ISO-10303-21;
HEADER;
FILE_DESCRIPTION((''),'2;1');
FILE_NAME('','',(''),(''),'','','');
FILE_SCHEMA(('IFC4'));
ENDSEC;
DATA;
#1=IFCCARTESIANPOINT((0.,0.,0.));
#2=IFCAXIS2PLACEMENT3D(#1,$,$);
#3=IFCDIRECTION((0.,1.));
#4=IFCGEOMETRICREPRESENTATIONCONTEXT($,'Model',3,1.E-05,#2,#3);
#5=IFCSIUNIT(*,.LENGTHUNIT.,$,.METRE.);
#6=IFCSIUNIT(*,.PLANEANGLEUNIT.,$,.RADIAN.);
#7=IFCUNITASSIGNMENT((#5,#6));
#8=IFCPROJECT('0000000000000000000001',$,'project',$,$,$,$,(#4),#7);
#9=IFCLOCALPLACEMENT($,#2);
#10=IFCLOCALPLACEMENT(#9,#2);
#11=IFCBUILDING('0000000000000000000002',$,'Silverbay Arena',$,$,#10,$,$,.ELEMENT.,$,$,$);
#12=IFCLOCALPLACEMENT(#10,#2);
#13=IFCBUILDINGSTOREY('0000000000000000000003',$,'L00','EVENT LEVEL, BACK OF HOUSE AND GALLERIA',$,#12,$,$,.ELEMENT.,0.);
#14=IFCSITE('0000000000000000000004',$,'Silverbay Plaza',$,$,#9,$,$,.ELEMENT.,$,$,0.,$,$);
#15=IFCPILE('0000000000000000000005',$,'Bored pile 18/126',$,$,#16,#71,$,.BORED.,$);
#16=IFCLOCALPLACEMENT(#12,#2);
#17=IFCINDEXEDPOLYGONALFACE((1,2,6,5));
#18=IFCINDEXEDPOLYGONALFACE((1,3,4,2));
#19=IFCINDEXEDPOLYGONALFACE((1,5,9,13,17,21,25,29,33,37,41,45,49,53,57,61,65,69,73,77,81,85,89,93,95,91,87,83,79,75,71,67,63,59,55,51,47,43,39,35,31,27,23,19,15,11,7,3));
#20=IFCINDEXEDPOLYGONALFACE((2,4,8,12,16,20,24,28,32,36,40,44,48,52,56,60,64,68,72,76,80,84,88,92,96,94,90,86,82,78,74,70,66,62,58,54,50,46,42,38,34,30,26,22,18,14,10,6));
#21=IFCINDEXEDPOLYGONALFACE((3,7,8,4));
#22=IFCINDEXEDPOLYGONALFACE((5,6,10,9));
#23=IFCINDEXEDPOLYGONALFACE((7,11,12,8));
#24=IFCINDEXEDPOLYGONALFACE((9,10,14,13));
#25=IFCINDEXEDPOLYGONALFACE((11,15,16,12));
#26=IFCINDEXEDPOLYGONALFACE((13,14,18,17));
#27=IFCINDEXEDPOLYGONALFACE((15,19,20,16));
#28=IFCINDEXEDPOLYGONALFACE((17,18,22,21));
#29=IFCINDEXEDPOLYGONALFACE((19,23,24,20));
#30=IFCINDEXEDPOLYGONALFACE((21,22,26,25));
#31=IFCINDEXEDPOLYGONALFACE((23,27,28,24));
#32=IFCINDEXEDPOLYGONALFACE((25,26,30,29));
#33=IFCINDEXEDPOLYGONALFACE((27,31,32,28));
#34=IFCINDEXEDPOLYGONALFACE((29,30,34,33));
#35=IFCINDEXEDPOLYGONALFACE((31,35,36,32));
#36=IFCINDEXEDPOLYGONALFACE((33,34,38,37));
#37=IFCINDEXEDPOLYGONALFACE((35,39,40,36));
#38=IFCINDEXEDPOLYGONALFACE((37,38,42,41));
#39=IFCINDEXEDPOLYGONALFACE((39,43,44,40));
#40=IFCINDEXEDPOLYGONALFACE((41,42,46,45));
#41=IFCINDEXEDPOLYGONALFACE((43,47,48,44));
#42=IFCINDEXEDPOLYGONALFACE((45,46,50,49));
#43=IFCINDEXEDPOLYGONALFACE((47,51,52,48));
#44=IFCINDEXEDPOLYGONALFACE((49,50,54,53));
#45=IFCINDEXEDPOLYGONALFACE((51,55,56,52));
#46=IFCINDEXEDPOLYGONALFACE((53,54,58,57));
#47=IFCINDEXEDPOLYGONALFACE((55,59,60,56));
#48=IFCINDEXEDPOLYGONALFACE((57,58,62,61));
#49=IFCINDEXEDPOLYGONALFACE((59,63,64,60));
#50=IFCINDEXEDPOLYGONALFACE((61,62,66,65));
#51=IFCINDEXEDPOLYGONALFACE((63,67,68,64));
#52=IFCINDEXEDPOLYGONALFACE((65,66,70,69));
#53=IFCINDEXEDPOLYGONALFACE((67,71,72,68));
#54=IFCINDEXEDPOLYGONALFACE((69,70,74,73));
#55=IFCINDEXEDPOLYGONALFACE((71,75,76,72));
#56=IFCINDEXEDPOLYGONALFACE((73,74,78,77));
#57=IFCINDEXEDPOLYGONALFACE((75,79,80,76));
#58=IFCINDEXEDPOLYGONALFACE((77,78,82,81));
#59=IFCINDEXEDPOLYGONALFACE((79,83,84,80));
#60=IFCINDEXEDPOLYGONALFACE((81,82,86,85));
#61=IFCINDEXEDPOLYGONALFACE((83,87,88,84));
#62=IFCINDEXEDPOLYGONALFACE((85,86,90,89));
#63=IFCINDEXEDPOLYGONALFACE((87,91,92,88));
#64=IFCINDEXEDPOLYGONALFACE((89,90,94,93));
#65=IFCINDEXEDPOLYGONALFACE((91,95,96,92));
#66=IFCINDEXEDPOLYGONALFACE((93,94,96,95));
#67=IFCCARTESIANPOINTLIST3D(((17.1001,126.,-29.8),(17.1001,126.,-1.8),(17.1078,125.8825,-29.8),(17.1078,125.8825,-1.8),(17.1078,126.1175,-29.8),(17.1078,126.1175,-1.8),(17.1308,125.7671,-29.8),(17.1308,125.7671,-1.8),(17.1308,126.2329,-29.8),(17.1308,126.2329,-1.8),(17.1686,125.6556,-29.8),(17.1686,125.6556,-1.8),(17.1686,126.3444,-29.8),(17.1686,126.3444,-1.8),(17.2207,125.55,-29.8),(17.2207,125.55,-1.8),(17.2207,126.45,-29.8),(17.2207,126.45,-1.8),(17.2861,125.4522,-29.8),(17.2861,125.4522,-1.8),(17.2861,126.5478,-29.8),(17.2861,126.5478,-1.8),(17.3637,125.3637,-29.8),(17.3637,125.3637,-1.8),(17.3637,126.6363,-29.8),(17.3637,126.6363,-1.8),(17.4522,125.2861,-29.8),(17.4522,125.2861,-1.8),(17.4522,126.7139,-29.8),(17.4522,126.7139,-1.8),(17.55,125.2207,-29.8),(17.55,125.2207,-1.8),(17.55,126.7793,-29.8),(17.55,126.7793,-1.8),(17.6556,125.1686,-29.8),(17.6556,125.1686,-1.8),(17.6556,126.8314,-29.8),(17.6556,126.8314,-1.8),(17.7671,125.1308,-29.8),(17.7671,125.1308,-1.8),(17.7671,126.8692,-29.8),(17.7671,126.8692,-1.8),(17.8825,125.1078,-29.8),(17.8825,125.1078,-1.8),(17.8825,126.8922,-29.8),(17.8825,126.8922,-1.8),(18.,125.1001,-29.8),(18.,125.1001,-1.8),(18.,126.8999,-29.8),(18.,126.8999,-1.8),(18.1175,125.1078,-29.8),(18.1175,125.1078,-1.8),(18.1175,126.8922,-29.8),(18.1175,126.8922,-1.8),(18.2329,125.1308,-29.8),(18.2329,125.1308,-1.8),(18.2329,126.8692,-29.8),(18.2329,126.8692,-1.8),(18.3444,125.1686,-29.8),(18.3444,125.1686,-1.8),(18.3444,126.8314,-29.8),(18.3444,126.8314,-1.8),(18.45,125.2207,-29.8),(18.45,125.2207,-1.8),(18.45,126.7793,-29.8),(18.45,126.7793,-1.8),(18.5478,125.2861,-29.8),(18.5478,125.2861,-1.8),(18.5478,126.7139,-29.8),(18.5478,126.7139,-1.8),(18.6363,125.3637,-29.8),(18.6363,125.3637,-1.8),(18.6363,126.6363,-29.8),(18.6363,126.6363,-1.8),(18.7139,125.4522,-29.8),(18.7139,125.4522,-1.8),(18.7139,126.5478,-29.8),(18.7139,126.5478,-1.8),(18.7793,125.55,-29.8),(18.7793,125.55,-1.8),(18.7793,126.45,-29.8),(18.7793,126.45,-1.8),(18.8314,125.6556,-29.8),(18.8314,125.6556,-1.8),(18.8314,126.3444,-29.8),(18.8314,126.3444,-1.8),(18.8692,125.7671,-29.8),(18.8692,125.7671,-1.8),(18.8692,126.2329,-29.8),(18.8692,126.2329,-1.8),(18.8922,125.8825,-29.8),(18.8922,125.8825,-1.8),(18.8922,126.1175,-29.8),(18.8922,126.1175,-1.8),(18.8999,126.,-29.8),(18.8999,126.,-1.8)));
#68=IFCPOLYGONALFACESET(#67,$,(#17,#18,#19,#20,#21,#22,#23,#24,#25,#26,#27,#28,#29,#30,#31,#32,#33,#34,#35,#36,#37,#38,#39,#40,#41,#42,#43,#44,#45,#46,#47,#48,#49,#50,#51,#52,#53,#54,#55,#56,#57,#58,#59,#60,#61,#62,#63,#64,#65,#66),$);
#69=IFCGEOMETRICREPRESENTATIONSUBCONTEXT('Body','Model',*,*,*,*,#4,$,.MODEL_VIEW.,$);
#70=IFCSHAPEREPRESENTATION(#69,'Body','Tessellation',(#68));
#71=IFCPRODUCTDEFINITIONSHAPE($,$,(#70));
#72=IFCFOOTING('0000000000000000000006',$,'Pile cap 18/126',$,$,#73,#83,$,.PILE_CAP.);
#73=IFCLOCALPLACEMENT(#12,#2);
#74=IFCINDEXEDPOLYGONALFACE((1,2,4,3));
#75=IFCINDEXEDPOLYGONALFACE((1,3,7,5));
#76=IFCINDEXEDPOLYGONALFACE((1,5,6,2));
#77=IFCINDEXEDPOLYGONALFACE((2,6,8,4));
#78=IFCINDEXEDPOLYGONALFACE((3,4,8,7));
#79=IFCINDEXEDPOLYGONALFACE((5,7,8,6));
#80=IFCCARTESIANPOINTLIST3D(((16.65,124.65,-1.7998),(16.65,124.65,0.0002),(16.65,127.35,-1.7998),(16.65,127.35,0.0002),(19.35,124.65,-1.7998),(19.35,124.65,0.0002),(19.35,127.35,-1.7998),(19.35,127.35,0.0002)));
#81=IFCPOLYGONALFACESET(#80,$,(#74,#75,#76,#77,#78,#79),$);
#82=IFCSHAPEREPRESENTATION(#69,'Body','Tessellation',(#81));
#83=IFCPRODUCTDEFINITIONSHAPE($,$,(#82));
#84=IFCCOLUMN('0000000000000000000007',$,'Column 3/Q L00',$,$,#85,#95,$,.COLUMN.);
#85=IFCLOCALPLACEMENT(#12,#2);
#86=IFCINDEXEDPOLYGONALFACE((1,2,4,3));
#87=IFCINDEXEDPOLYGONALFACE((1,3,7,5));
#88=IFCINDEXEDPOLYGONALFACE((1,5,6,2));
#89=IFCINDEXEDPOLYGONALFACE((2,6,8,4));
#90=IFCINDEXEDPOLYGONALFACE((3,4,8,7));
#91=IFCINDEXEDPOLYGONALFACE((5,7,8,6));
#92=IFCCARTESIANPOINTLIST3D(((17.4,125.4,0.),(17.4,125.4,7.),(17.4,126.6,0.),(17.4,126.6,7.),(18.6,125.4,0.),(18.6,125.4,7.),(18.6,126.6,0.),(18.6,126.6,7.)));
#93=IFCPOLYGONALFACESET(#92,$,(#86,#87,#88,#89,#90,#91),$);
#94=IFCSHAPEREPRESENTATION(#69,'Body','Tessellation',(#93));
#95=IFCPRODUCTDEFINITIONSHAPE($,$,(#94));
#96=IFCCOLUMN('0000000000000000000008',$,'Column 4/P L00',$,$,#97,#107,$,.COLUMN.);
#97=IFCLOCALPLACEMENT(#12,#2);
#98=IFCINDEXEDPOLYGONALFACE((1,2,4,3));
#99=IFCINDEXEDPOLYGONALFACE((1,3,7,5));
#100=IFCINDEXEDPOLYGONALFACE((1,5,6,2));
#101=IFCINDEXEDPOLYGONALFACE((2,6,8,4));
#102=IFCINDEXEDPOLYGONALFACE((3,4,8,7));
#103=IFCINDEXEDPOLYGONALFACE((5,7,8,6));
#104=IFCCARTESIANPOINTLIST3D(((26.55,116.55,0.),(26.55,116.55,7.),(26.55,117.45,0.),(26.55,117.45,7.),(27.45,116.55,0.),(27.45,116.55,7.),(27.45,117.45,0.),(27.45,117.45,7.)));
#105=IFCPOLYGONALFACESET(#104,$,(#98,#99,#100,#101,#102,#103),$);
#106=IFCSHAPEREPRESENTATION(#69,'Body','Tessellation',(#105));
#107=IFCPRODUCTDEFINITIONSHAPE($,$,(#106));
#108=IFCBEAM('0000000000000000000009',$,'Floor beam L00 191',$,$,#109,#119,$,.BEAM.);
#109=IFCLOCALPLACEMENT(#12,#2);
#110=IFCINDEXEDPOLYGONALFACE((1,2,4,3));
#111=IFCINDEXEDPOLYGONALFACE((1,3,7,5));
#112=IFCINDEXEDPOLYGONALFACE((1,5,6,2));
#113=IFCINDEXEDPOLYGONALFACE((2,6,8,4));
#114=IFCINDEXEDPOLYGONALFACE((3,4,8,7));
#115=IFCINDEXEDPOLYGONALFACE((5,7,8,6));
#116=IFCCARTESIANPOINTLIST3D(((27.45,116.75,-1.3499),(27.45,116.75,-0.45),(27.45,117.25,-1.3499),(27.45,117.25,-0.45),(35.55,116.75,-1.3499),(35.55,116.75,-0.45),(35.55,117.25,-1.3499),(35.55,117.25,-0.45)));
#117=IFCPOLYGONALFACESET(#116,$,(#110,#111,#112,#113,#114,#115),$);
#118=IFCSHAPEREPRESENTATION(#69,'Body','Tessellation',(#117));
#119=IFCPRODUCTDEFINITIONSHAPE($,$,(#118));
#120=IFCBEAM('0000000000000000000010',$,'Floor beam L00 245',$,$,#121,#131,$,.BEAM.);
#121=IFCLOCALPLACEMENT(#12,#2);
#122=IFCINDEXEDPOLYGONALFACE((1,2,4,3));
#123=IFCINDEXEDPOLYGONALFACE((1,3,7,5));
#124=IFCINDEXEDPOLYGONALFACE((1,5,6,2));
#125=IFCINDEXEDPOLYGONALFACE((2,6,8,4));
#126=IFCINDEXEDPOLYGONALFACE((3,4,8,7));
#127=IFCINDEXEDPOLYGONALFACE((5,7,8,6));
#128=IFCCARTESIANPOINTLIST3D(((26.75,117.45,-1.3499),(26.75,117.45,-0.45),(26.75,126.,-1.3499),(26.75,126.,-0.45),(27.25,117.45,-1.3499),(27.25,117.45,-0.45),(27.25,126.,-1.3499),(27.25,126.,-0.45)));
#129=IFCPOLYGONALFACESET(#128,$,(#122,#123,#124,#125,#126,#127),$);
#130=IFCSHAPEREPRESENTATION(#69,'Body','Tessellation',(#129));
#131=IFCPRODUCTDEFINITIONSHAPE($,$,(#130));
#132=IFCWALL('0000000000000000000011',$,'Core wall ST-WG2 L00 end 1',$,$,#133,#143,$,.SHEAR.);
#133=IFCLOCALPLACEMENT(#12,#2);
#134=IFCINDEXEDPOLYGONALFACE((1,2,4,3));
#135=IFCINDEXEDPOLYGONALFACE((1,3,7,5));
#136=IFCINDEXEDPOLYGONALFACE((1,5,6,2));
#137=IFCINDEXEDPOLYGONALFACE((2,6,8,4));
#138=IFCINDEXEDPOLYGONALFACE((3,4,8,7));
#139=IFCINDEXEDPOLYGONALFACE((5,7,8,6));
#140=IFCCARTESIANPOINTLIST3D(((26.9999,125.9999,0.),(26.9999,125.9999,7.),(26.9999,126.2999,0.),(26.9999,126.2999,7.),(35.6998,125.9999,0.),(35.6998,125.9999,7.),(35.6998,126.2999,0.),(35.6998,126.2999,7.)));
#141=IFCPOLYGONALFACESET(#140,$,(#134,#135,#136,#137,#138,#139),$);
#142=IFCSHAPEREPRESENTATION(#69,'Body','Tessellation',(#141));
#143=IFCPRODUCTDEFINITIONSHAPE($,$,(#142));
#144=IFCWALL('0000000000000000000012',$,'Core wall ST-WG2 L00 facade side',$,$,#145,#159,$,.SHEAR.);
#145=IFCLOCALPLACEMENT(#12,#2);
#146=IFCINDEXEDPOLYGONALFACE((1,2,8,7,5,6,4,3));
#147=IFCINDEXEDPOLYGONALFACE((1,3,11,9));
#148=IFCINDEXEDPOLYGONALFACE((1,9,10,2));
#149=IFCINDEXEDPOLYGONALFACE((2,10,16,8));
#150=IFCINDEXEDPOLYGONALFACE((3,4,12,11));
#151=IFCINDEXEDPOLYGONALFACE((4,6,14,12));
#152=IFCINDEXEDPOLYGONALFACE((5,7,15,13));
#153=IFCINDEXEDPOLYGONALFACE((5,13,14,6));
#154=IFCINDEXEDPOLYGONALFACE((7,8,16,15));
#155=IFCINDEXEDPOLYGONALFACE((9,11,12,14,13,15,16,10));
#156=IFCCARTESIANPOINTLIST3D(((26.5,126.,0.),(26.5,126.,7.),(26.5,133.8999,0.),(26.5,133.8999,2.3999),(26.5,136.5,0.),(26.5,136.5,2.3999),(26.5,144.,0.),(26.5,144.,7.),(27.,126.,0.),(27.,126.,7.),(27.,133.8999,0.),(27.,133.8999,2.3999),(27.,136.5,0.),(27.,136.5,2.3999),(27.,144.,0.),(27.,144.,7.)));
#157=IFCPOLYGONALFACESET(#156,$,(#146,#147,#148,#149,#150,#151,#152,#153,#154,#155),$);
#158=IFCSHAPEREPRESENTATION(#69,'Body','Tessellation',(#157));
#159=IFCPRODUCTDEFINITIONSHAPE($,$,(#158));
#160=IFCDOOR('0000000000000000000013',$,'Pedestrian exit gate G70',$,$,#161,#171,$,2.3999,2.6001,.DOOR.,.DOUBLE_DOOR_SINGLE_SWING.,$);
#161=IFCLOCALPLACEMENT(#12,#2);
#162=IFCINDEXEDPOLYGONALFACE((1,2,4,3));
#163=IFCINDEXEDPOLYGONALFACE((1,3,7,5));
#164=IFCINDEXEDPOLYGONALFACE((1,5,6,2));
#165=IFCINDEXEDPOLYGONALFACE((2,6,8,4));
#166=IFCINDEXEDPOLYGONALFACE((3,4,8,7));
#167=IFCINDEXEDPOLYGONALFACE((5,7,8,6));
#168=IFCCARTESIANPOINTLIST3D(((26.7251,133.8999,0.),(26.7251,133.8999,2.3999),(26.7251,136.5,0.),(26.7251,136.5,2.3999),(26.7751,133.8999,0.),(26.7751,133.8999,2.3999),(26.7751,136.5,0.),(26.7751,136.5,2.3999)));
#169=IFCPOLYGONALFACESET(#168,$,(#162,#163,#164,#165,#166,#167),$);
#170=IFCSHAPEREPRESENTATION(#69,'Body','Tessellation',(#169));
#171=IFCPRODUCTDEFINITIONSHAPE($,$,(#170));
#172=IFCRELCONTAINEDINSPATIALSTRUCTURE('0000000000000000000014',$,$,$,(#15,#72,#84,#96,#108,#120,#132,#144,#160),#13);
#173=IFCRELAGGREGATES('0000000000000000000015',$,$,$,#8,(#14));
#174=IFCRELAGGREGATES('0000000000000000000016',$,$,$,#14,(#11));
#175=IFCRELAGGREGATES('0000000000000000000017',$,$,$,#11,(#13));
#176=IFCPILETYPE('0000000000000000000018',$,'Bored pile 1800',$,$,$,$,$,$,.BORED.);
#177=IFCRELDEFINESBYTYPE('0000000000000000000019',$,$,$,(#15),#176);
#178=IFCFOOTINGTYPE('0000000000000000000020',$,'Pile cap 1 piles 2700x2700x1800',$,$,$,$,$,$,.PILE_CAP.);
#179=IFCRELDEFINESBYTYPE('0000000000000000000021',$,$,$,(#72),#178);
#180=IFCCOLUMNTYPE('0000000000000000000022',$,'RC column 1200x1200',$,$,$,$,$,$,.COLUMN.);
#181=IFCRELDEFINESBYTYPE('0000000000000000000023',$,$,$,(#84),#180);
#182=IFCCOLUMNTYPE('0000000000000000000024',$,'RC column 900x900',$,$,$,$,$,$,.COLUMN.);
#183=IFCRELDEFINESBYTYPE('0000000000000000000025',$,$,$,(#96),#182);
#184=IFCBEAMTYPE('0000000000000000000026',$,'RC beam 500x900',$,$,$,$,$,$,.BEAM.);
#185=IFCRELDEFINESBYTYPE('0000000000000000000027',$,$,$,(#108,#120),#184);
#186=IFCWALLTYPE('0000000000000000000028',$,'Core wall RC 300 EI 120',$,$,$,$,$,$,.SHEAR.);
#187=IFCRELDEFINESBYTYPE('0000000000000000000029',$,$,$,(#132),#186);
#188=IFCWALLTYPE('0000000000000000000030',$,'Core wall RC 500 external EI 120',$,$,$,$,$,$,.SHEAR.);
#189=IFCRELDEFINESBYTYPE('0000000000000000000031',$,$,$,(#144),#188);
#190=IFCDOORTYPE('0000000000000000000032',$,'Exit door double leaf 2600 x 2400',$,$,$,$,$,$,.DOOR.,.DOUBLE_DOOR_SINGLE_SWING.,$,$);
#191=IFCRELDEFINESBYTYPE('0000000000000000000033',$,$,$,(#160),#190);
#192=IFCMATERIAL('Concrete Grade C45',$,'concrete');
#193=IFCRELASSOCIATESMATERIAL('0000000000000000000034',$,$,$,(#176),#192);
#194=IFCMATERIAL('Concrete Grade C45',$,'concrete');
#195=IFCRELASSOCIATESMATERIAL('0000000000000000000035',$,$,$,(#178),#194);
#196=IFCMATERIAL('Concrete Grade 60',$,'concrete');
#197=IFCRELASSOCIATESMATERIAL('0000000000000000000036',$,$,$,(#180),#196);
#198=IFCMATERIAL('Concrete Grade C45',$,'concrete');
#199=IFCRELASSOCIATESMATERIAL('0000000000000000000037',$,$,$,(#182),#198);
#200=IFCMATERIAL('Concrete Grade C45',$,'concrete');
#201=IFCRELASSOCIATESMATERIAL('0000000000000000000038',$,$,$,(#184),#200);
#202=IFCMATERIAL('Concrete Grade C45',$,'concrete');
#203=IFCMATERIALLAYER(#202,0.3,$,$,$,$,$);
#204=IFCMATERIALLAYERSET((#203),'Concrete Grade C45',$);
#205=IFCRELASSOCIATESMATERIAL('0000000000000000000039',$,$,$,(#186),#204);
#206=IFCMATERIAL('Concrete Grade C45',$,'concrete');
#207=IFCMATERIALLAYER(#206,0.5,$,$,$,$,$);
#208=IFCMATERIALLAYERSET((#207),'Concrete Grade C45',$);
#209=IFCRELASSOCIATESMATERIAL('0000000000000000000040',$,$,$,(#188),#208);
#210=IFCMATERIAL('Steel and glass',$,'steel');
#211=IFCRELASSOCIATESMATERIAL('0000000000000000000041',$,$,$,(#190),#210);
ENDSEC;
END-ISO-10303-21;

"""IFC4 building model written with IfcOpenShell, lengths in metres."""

from ifc_helpers import new_model, si_unit, direction, frame, frame_2d, origin, origin_2d, place, context, subcontext, project, spatial, rectangle, circle, extrude, material, layer, layer_set, material_profile, profile_set, type_object, element, fill, save


model = new_model("IFC4")

# Units and contexts
model_context = context("Model", 3, precision=1e-05, world=origin(), true_north=direction((0.0, 1.0)))
body_context = subcontext(model_context, "Body", "Model", "MODEL_VIEW")
ifc_project = project(units=[si_unit("LENGTHUNIT", "METRE"), si_unit("PLANEANGLEUNIT", "RADIAN")], contexts=[model_context])

# Site, building, storey
site_placement = place(None, origin())
site = spatial("IfcSite", under=ifc_project, at=site_placement, Name="Silverbay Plaza", CompositionType="ELEMENT", RefElevation=0.0)
building_placement = place(site_placement, origin())
building = spatial("IfcBuilding", under=site, at=building_placement, Name="Silverbay Arena", CompositionType="ELEMENT")
storey_placement = place(building_placement, origin())
storey = spatial("IfcBuildingStorey", under=building, at=storey_placement, Name="L00", Description="EVENT LEVEL, BACK OF HOUSE AND GALLERIA", CompositionType="ELEMENT", Elevation=0.0)

# Pile
ifc_material_1 = material(Name="Concrete Grade C45", Category="concrete")
ifc_material_profile_1 = material_profile(ifc_material_1, circle(Radius=0.8999, at=origin_2d()), Name="Bored pile 1800")
ifc_profile_set_1 = profile_set([ifc_material_profile_1], Name="Concrete Grade C45")
pile_type = type_object("IfcPileType", Name="Bored pile 1800", PredefinedType="BORED", material=ifc_profile_set_1)
pile_placement = place(storey_placement, frame((18.0, 126.0, -1.8), z_axis=(0.0, 0.0, -1.0), x_axis=(1.0, 0.0, 0.0)))
element("IfcPile", 1, at=pile_placement, inside=storey, type_object=pile_type, Name="Bored pile 18/126", PredefinedType="BORED", context=body_context, shape_type="SweptSolid", body=[
    extrude(circle(Radius=0.8999, at=origin_2d()), origin(), (0.0, 0.0, 1.0), 28.0),
])

# Footing
ifc_material_2 = material(Name="Concrete Grade C45", Category="concrete")
footing_type = type_object("IfcFootingType", Name="Pile cap 1 piles 2700x2700x1800", PredefinedType="PILE_CAP", material=ifc_material_2)
footing_placement = place(storey_placement, frame((18.0, 126.0, -1.7998), z_axis=(0.0, 0.0, 1.0), x_axis=(1.0, 0.0, 0.0)))
element("IfcFooting", 2, at=footing_placement, inside=storey, type_object=footing_type, Name="Pile cap 18/126", PredefinedType="PILE_CAP", context=body_context, shape_type="SweptSolid", body=[
    extrude(rectangle(XDim=2.7, YDim=2.7, at=origin_2d()), origin(), (0.0, 0.0, 1.0), 1.8),
])

# Columns
ifc_material_3 = material(Name="Concrete Grade 60", Category="concrete")
ifc_material_profile_2 = material_profile(ifc_material_3, rectangle(XDim=1.2, YDim=1.2, at=origin_2d()), Name="RC 1200x1200")
ifc_profile_set_2 = profile_set([ifc_material_profile_2], Name="Concrete Grade 60")
column_type_1 = type_object("IfcColumnType", Name="RC column 1200x1200", PredefinedType="COLUMN", material=ifc_profile_set_2)
column_1_placement = place(storey_placement, frame((18.0, 126.0, 0.0), z_axis=(0.0, 0.0, 1.0), x_axis=(1.0, 0.0, 0.0)))
element("IfcColumn", 3, at=column_1_placement, inside=storey, type_object=column_type_1, Name="Column 3/Q L00", PredefinedType="COLUMN", context=body_context, shape_type="SweptSolid", body=[
    extrude(rectangle(XDim=1.2, YDim=1.2, at=origin_2d()), origin(), (0.0, 0.0, 1.0), 7.0),
])
ifc_material_4 = material(Name="Concrete Grade C45", Category="concrete")
ifc_material_profile_3 = material_profile(ifc_material_4, rectangle(XDim=0.8999, YDim=0.8999, at=origin_2d()), Name="RC 900x900")
ifc_profile_set_3 = profile_set([ifc_material_profile_3], Name="Concrete Grade C45")
column_type_2 = type_object("IfcColumnType", Name="RC column 900x900", PredefinedType="COLUMN", material=ifc_profile_set_3)
column_2_placement = place(storey_placement, frame((27.0, 117.0, 0.0), z_axis=(0.0, 0.0, 1.0), x_axis=(1.0, 0.0, 0.0)))
element("IfcColumn", 4, at=column_2_placement, inside=storey, type_object=column_type_2, Name="Column 4/P L00", PredefinedType="COLUMN", context=body_context, shape_type="SweptSolid", body=[
    extrude(rectangle(XDim=0.8999, YDim=0.8999, at=origin_2d()), origin(), (0.0, 0.0, 1.0), 7.0),
])

# Beams
ifc_material_5 = material(Name="Concrete Grade C45", Category="concrete")
ifc_material_profile_4 = material_profile(ifc_material_5, rectangle(XDim=0.5, YDim=0.8999, at=origin_2d()), Name="RC 500x900")
ifc_profile_set_4 = profile_set([ifc_material_profile_4], Name="Concrete Grade C45")
beam_type = type_object("IfcBeamType", Name="RC beam 500x900", PredefinedType="BEAM", material=ifc_profile_set_4)
beam_1_placement = place(storey_placement, frame((27.45, 117.0, -0.8999), z_axis=(1.0, 0.0, 0.0), x_axis=(0.0, 1.0, 0.0)))
element("IfcBeam", 5, at=beam_1_placement, inside=storey, type_object=beam_type, Name="Floor beam L00 191", PredefinedType="BEAM", context=body_context, shape_type="SweptSolid", body=[
    extrude(rectangle(XDim=0.5, YDim=0.8999, at=origin_2d()), origin(), (0.0, 0.0, 1.0), 8.1001),
])
beam_2_placement = place(storey_placement, frame((27.0, 117.45, -0.8999), z_axis=(0.0, 1.0, 0.0), x_axis=(-1.0, 0.0, 0.0)))
element("IfcBeam", 6, at=beam_2_placement, inside=storey, type_object=beam_type, Name="Floor beam L00 245", PredefinedType="BEAM", context=body_context, shape_type="SweptSolid", body=[
    extrude(rectangle(XDim=0.5, YDim=0.8999, at=origin_2d()), origin(), (0.0, 0.0, 1.0), 8.55),
])

# Wall
ifc_material_6 = material(Name="Concrete Grade C45", Category="concrete")
ifc_layer_1 = layer(ifc_material_6, 0.3)
ifc_layer_set_1 = layer_set([ifc_layer_1], Name="Concrete Grade C45")
wall_type_1 = type_object("IfcWallType", Name="Core wall RC 300 EI 120", PredefinedType="SHEAR", material=ifc_layer_set_1)
wall_1_placement = place(storey_placement, frame((35.7, 126.1499, 0.0), z_axis=(0.0, 0.0, 1.0), x_axis=(-1.0, 0.0, 0.0)))
element("IfcWall", 7, at=wall_1_placement, inside=storey, type_object=wall_type_1, Name="Core wall ST-WG2 L00 end 1", PredefinedType="SHEAR", context=body_context, shape_type="SweptSolid", body=[
    extrude(rectangle(XDim=8.7, YDim=0.3, at=frame_2d((4.3501, 0.0))), origin(), (0.0, 0.0, 1.0), 7.0),
])

# Wall, opening, door
ifc_material_7 = material(Name="Concrete Grade C45", Category="concrete")
ifc_layer_2 = layer(ifc_material_7, 0.5)
ifc_layer_set_2 = layer_set([ifc_layer_2], Name="Concrete Grade C45")
wall_type_2 = type_object("IfcWallType", Name="Core wall RC 500 external EI 120", PredefinedType="SHEAR", material=ifc_layer_set_2)
wall_2_placement = place(storey_placement, frame((26.75, 126.0, 0.0), z_axis=(0.0, 0.0, 1.0), x_axis=(0.0, 1.0, 0.0)))
wall_2 = element("IfcWall", 8, at=wall_2_placement, inside=storey, type_object=wall_type_2, Name="Core wall ST-WG2 L00 facade side", PredefinedType="SHEAR", context=body_context, shape_type="SweptSolid", body=[
    extrude(rectangle(XDim=18.0, YDim=0.5, at=frame_2d((9.0, 0.0))), origin(), (0.0, 0.0, 1.0), 7.0),
])
opening_1_placement = place(wall_2_placement, frame((7.8999, 0.0, 0.0)))
opening_1 = element("IfcOpeningElement", 9, at=opening_1_placement, cuts=wall_2, PredefinedType="OPENING", context=body_context, shape_type="SweptSolid", body=[
    extrude(rectangle(XDim=2.6001, YDim=2.3999, at=frame_2d((1.3, 1.2))), frame((0.0, 0.26, 0.0), z_axis=(0.0, -1.0, 0.0), x_axis=(1.0, 0.0, 0.0)), (0.0, 0.0, 1.0), 0.52),
])
ifc_material_8 = material(Name="Steel and glass", Category="steel")
door_type_1 = type_object("IfcDoorType", Name="Exit door double leaf 2600 x 2400", OperationType="DOUBLE_DOOR_SINGLE_SWING", PredefinedType="DOOR", material=ifc_material_8)
door_1_placement = place(opening_1_placement, origin())
door_1 = element("IfcDoor", 10, at=door_1_placement, inside=storey, type_object=door_type_1, Name="Pedestrian exit gate G70", OperationType="DOUBLE_DOOR_SINGLE_SWING", OverallHeight=2.3999, OverallWidth=2.6001, PredefinedType="DOOR", context=body_context, shape_type="SweptSolid", body=[
    extrude(rectangle(XDim=2.6001, YDim=2.3999, at=frame_2d((1.3, 1.2))), frame((0.0, 0.0249, 0.0), z_axis=(0.0, -1.0, 0.0), x_axis=(1.0, 0.0, 0.0)), (0.0, 0.0, 1.0), 0.05),
])
fill(opening_1, door_1)

save(model, "model.ifc")
